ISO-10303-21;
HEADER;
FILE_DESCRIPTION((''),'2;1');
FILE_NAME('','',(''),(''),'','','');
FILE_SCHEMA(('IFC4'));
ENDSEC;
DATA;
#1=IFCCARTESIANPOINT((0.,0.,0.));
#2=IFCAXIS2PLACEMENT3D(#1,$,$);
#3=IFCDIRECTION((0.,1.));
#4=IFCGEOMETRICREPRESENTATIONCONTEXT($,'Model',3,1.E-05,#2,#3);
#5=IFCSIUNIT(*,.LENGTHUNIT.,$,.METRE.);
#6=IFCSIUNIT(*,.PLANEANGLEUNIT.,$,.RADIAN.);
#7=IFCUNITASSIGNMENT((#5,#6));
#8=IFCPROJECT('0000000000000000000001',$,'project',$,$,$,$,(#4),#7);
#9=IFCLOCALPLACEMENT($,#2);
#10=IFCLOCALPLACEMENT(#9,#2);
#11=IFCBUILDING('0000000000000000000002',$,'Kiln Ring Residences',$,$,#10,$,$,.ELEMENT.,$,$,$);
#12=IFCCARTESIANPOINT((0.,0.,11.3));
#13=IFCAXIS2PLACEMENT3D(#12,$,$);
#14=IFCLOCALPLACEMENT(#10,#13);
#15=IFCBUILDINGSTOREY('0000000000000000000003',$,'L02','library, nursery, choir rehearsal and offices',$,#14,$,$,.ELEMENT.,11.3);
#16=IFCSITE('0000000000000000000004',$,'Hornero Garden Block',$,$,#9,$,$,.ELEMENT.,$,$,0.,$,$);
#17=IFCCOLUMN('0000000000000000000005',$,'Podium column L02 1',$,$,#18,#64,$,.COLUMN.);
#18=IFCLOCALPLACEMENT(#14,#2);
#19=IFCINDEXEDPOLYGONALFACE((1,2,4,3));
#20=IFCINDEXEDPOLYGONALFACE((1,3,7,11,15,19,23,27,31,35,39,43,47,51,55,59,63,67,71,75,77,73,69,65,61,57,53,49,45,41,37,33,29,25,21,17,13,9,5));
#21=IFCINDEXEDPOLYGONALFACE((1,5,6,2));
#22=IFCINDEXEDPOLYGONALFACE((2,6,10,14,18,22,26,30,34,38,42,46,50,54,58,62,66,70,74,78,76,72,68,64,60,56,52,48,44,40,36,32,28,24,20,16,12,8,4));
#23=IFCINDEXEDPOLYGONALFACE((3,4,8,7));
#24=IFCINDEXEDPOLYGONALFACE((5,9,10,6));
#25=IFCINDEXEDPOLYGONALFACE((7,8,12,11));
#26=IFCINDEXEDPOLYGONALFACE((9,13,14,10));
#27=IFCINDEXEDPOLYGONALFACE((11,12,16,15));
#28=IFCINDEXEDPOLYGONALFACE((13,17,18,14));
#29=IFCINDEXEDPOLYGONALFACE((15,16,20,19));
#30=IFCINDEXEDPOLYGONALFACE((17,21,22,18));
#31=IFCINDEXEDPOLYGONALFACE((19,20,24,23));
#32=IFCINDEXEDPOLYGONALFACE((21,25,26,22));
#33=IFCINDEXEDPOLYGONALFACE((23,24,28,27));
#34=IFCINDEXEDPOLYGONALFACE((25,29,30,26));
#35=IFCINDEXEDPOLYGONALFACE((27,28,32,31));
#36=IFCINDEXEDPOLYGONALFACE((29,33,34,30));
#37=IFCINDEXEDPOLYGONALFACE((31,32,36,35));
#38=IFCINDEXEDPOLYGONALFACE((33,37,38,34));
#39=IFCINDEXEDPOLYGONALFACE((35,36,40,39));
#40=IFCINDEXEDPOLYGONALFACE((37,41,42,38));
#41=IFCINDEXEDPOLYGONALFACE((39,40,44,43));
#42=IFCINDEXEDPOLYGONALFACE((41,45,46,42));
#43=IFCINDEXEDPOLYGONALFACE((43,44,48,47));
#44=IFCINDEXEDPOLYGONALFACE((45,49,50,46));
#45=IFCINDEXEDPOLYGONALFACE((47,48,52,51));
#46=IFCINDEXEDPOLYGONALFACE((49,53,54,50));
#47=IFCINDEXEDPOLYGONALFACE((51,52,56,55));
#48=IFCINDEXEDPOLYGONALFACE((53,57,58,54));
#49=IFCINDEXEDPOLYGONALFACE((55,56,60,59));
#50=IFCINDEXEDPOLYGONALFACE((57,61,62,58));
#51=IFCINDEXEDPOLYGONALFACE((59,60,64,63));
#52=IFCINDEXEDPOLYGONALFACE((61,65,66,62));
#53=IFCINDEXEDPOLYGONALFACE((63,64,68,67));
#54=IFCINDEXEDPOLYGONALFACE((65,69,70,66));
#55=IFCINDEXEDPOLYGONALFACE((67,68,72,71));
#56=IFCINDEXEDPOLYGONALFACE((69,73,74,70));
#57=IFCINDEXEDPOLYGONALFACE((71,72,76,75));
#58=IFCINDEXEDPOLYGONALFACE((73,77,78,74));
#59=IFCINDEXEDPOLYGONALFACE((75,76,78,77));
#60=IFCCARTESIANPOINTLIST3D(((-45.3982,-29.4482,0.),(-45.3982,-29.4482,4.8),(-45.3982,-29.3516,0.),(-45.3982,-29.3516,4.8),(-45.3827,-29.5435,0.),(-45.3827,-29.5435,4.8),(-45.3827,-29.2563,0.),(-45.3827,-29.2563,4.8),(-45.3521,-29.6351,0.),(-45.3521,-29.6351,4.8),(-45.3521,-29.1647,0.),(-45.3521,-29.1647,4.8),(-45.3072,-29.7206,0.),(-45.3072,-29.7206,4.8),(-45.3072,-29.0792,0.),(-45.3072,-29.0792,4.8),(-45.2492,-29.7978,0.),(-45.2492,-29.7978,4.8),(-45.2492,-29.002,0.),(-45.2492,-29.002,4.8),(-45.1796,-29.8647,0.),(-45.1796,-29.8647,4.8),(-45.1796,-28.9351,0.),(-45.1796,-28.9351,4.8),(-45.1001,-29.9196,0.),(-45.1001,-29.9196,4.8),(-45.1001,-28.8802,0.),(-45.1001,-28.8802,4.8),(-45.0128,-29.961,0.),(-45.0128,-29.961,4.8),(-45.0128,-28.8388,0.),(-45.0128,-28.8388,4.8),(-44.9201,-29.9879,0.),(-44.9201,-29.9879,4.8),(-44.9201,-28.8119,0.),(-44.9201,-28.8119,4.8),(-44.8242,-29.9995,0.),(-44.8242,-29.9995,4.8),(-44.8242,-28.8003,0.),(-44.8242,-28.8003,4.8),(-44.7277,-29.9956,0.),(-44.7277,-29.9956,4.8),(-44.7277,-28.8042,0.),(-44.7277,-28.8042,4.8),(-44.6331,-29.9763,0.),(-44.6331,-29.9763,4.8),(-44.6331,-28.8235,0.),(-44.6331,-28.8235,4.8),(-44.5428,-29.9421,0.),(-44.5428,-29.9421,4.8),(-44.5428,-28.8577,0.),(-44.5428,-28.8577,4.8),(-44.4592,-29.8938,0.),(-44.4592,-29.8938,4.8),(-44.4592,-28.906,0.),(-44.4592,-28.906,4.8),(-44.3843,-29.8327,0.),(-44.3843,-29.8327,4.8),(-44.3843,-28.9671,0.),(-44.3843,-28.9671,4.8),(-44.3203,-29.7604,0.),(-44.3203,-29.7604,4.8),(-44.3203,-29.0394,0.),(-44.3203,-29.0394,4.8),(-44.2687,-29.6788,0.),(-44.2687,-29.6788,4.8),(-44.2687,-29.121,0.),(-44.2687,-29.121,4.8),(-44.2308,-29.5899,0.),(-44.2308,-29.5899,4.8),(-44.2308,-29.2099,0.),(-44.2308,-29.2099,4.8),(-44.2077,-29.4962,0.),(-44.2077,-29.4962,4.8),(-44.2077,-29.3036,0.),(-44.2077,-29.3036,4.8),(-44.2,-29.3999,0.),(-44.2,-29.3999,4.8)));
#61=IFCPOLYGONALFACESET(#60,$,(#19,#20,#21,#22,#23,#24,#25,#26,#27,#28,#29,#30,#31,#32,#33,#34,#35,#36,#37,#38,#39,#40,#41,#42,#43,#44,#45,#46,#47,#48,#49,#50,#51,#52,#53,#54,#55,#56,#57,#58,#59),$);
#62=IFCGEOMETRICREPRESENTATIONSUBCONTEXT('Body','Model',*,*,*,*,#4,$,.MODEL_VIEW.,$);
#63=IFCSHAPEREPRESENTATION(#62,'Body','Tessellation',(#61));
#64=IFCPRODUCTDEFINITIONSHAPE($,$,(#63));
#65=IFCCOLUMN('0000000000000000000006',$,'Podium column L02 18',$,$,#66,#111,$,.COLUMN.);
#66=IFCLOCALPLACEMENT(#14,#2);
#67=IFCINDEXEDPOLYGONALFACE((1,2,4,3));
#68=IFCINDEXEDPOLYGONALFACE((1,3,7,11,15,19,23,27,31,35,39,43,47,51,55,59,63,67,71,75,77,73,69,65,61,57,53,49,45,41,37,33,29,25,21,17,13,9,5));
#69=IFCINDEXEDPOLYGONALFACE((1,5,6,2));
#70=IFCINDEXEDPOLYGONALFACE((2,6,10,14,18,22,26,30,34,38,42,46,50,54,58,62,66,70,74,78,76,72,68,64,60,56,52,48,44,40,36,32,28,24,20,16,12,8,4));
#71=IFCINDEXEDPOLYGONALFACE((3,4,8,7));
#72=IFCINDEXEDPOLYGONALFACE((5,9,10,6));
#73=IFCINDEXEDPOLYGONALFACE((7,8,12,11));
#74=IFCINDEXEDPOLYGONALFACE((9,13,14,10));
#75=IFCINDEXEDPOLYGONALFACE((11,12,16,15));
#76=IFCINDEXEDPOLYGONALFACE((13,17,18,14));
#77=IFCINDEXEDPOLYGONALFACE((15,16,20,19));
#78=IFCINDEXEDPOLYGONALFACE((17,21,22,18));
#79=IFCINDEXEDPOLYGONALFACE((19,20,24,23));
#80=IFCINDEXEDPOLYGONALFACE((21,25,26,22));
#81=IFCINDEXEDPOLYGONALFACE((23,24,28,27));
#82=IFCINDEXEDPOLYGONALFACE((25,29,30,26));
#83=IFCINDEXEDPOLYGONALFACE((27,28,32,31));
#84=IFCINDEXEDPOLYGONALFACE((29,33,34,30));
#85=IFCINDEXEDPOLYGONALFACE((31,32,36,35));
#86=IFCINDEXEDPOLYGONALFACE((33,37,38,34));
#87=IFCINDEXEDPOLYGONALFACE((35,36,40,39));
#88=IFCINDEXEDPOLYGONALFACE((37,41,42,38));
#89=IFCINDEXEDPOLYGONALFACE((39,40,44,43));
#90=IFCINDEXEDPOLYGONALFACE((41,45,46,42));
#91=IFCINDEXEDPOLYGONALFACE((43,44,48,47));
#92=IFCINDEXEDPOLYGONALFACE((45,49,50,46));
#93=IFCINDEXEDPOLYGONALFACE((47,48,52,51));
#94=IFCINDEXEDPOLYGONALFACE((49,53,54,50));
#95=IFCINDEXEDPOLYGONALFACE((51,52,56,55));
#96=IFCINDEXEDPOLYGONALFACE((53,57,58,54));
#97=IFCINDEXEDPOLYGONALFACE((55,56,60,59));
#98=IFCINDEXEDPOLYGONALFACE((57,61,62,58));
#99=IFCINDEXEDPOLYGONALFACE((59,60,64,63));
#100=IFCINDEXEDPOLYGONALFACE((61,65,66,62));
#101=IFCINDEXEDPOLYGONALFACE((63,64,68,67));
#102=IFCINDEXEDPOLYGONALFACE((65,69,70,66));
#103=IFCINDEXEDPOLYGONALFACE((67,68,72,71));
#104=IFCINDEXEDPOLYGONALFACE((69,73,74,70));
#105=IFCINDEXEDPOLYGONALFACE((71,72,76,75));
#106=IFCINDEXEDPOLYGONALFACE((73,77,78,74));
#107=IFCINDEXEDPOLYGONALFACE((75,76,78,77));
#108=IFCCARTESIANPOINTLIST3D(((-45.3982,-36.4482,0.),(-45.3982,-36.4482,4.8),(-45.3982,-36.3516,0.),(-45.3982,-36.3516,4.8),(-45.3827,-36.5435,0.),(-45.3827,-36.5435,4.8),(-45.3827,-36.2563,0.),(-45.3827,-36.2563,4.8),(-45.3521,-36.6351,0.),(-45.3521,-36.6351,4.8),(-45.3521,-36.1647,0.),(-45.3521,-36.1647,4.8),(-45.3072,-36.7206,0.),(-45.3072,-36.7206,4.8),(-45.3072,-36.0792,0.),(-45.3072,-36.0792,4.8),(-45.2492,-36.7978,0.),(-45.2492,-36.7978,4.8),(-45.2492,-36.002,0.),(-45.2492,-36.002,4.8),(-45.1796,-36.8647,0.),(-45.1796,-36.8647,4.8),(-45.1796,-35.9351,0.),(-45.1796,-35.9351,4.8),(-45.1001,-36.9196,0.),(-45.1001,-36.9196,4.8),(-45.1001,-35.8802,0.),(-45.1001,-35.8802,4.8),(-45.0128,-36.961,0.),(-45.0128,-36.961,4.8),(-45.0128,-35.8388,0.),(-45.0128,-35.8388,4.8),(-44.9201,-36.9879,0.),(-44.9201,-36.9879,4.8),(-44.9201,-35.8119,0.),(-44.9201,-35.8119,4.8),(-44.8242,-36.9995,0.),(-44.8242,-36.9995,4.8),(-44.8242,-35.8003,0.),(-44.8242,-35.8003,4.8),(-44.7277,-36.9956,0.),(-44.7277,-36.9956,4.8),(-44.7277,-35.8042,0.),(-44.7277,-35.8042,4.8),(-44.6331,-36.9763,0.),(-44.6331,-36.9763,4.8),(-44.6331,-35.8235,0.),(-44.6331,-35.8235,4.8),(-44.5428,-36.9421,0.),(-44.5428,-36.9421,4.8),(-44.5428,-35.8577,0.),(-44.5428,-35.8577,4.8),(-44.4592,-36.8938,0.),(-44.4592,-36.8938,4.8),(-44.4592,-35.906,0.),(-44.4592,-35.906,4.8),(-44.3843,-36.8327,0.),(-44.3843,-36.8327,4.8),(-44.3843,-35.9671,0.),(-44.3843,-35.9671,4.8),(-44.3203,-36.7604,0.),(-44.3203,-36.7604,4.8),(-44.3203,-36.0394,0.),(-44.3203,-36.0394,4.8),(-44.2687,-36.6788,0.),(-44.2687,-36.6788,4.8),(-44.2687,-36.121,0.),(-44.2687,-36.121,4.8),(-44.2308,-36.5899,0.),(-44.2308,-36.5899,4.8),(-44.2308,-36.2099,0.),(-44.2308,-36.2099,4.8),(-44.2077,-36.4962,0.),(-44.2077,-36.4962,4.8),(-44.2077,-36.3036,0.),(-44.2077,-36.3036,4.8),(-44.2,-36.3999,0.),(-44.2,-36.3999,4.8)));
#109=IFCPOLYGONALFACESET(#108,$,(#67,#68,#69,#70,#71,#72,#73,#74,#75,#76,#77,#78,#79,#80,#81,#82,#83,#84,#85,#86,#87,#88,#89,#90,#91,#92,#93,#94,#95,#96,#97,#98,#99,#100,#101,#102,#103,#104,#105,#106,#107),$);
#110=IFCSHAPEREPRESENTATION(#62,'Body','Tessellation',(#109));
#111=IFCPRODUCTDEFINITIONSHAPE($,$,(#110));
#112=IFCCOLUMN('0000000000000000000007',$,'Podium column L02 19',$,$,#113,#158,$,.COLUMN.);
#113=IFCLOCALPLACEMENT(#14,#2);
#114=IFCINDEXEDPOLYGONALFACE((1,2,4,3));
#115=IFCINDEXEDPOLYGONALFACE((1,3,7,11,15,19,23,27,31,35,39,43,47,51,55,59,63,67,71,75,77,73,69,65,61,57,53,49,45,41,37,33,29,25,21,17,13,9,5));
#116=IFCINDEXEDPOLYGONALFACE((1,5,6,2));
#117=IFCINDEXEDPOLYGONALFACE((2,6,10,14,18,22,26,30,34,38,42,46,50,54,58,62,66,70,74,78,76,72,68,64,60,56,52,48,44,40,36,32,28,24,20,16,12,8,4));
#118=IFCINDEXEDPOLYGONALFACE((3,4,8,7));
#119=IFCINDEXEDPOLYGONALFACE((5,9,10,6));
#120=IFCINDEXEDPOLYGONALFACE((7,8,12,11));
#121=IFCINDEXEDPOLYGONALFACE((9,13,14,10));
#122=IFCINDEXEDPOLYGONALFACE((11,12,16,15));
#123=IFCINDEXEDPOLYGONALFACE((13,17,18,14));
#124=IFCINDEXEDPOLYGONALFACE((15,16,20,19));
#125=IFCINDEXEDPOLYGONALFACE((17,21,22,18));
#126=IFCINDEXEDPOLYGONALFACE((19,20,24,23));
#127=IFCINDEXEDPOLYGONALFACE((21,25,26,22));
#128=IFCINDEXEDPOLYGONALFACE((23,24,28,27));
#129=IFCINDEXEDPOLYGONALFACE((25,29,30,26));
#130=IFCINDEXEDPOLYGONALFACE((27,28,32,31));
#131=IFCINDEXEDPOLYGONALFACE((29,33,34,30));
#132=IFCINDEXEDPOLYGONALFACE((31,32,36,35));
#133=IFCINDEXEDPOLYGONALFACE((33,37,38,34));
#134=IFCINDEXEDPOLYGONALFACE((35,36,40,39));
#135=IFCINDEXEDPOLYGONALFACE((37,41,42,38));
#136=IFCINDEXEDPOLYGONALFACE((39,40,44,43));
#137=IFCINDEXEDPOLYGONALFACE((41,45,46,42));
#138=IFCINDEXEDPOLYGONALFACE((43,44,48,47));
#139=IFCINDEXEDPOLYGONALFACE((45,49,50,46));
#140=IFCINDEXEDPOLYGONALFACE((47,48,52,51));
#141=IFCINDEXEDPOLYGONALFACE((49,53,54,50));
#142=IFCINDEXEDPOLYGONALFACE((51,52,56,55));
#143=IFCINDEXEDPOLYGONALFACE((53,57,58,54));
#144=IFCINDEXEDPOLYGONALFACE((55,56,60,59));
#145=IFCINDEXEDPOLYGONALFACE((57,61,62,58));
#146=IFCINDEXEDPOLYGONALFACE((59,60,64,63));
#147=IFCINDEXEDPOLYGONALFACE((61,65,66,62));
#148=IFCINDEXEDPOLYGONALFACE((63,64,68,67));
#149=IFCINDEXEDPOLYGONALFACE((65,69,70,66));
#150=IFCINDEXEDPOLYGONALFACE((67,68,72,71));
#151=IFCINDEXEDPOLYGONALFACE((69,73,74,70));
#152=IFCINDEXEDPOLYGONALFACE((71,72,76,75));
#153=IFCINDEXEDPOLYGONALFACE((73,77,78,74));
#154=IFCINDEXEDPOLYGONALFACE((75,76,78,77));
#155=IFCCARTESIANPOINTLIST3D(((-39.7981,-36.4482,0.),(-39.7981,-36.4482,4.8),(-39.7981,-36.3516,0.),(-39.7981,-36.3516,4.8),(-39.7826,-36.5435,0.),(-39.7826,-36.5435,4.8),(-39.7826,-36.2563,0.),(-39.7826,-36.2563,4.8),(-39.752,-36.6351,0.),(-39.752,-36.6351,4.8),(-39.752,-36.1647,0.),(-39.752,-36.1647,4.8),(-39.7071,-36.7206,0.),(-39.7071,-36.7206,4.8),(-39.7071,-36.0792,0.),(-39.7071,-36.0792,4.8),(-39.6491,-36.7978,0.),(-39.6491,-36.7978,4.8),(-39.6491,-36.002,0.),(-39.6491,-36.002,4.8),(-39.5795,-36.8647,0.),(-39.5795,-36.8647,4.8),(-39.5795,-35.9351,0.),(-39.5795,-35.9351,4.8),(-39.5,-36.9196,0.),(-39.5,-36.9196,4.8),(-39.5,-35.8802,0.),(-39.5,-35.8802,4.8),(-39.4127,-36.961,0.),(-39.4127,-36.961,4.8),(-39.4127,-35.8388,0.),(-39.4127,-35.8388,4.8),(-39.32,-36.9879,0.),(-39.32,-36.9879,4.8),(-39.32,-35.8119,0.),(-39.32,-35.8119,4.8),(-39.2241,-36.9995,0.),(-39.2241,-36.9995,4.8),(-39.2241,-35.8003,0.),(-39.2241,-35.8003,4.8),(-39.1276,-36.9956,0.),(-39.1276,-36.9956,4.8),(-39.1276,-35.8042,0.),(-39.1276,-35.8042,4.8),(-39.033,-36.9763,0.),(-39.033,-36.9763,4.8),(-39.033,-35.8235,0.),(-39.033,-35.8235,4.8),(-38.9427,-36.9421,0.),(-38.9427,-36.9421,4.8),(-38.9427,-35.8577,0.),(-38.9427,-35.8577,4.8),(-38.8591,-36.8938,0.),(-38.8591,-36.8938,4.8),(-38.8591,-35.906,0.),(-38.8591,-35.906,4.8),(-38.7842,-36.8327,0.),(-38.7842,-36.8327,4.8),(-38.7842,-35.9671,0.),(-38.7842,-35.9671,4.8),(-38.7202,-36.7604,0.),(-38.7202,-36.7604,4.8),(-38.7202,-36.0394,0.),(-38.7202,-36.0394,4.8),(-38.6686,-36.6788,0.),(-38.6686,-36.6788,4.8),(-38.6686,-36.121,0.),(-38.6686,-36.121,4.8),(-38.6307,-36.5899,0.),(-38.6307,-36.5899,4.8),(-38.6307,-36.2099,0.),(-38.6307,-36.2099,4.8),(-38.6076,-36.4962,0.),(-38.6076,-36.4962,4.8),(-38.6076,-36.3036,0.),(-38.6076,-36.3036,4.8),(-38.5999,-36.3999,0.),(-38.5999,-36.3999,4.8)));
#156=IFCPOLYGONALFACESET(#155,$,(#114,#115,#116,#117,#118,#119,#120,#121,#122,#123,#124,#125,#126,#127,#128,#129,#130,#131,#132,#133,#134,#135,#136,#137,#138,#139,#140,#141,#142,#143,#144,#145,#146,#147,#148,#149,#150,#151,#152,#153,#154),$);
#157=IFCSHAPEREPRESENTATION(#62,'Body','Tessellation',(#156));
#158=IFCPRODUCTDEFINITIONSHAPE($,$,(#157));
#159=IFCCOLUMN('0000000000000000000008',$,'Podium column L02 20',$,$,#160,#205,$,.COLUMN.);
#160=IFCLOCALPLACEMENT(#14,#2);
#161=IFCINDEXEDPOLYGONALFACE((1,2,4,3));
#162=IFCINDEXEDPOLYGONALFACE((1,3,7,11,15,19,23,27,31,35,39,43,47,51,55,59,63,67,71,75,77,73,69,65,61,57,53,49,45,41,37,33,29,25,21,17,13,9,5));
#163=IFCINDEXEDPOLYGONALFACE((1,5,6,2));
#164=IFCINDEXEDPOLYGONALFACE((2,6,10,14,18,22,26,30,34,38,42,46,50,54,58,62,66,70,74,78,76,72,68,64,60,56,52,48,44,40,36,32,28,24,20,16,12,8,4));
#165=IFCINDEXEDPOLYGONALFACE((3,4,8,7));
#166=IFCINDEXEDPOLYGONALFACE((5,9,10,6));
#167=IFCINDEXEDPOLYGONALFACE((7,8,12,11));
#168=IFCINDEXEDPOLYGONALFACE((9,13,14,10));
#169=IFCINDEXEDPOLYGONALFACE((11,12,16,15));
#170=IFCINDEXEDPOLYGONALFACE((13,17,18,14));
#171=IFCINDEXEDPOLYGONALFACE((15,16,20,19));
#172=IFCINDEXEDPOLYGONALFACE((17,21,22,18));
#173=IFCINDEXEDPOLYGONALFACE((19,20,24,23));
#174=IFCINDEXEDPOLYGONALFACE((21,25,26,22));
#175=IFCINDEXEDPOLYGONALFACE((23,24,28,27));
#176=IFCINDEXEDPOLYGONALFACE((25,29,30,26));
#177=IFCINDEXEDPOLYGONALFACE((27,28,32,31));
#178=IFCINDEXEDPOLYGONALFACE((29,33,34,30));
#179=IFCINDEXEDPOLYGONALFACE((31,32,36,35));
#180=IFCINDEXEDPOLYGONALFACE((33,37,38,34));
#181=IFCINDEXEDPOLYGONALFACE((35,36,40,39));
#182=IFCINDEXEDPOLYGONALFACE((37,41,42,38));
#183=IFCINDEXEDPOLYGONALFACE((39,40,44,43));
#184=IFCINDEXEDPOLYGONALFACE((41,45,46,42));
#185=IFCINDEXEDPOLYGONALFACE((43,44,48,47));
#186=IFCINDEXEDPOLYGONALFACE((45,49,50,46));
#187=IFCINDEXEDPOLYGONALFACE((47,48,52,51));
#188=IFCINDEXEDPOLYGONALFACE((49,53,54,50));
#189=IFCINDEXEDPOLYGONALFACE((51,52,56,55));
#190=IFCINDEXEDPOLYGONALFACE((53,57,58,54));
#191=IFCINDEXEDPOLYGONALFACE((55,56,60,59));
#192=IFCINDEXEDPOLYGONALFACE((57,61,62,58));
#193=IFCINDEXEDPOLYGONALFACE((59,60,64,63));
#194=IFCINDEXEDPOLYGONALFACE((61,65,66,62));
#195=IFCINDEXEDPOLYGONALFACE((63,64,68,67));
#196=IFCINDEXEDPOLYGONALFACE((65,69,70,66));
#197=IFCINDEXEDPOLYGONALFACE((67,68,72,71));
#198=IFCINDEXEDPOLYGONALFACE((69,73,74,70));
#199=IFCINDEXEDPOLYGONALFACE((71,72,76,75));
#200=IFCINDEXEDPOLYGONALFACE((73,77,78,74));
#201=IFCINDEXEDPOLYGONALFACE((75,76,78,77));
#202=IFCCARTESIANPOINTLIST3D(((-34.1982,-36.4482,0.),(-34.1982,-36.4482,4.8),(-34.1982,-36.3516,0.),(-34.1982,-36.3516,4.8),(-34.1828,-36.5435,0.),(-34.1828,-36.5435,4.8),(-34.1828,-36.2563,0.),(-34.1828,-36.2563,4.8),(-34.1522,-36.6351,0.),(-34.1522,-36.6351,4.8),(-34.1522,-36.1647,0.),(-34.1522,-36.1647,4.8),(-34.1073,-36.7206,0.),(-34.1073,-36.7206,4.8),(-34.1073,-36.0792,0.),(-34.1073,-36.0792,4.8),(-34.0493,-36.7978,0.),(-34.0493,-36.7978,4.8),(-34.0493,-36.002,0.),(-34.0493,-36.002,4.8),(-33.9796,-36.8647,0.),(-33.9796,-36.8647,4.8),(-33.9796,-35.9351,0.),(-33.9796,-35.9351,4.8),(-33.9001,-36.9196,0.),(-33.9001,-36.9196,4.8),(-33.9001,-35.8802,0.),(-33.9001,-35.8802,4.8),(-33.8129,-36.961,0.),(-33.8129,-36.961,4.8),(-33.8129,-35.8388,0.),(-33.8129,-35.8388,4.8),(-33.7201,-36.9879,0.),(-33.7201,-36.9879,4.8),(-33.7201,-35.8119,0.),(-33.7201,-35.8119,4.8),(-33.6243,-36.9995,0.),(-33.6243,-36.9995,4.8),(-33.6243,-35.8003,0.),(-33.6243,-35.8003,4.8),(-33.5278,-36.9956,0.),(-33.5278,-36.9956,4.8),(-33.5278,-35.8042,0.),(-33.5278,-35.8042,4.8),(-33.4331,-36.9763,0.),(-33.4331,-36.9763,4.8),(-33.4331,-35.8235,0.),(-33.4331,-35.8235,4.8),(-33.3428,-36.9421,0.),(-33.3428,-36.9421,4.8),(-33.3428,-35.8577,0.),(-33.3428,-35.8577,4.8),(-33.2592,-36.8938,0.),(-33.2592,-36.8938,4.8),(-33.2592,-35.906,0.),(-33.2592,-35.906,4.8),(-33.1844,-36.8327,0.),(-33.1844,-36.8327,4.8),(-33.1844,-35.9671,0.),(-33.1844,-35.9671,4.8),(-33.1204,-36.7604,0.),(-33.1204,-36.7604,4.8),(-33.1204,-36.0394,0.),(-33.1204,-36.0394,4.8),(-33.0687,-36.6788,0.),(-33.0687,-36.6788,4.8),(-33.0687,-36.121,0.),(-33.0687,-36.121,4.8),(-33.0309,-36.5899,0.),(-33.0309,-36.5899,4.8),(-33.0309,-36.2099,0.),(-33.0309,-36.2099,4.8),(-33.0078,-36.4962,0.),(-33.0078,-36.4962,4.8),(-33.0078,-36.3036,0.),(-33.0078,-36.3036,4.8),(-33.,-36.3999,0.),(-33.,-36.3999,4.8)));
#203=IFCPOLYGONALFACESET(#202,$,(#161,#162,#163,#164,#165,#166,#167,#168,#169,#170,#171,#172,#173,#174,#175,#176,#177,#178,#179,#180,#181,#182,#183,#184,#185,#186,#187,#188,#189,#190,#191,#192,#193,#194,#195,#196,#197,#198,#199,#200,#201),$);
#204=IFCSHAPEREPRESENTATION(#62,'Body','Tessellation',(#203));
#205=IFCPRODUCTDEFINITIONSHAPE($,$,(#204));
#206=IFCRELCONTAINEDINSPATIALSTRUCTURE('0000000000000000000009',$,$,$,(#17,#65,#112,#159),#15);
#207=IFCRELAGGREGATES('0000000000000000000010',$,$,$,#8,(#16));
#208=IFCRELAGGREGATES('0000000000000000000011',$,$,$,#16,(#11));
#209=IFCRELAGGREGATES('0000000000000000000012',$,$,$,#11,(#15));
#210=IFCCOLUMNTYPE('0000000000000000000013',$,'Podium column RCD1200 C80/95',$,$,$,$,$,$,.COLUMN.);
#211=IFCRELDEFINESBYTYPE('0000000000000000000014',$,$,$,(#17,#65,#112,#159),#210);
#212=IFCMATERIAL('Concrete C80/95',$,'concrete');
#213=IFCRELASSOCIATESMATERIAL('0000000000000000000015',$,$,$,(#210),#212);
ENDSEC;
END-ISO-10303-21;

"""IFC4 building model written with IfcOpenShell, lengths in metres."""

from ifc_helpers import new_model, si_unit, direction, frame, origin, origin_2d, place, context, subcontext, project, spatial, circle, extrude, material, material_profile, profile_set, type_object, element, save


model = new_model("IFC4")

# Units and contexts
model_context = context("Model", 3, precision=1e-05, world=origin(), true_north=direction((0.0, 1.0)))
body_context = subcontext(model_context, "Body", "Model", "MODEL_VIEW")
ifc_project = project(units=[si_unit("LENGTHUNIT", "METRE"), si_unit("PLANEANGLEUNIT", "RADIAN")], contexts=[model_context])

# Site, building, storey
site_placement = place(None, origin())
site = spatial("IfcSite", under=ifc_project, at=site_placement, Name="Hornero Garden Block", CompositionType="ELEMENT", RefElevation=0.0)
building_placement = place(site_placement, origin())
building = spatial("IfcBuilding", under=site, at=building_placement, Name="Kiln Ring Residences", CompositionType="ELEMENT")
storey_placement = place(building_placement, frame((0.0, 0.0, 11.3)))
storey = spatial("IfcBuildingStorey", under=building, at=storey_placement, Name="L02", Description="library, nursery, choir rehearsal and offices", CompositionType="ELEMENT", Elevation=11.3)

# Columns
ifc_material_1 = material(Name="Concrete C80/95", Category="concrete")
ifc_material_profile_1 = material_profile(ifc_material_1, circle(Radius=0.6001, at=origin_2d()), Name="RCD1200")
ifc_profile_set_1 = profile_set([ifc_material_profile_1], Name="Concrete C80/95")
column_type = type_object("IfcColumnType", Name="Podium column RCD1200 C80/95", PredefinedType="COLUMN", material=ifc_profile_set_1)
for number, where, z_axis, x_axis, name in (
    (1, (-44.8, -29.3999, 0.0), (0.0, 0.0, 1.0), (1.0, 0.0, 0.0), "Podium column L02 1"),
    (2, (-44.8, -36.3999, 0.0), (0.0, 0.0, 1.0), (1.0, 0.0, 0.0), "Podium column L02 18"),
    (3, (-39.2, -36.3999, 0.0), (0.0, 0.0, 1.0), (1.0, 0.0, 0.0), "Podium column L02 19"),
    (4, (-33.6001, -36.3999, 0.0), (0.0, 0.0, 1.0), (1.0, 0.0, 0.0), "Podium column L02 20"),
):
    element("IfcColumn", number, at=place(storey_placement, frame(where, z_axis=z_axis, x_axis=x_axis)), inside=storey, type_object=column_type, Name=name, PredefinedType="COLUMN", context=body_context, shape_type="SweptSolid", body=[
        extrude(circle(Radius=0.6001, at=origin_2d()), origin(), (0.0, 0.0, 1.0), 4.8),
    ])

save(model, "model.ifc")
